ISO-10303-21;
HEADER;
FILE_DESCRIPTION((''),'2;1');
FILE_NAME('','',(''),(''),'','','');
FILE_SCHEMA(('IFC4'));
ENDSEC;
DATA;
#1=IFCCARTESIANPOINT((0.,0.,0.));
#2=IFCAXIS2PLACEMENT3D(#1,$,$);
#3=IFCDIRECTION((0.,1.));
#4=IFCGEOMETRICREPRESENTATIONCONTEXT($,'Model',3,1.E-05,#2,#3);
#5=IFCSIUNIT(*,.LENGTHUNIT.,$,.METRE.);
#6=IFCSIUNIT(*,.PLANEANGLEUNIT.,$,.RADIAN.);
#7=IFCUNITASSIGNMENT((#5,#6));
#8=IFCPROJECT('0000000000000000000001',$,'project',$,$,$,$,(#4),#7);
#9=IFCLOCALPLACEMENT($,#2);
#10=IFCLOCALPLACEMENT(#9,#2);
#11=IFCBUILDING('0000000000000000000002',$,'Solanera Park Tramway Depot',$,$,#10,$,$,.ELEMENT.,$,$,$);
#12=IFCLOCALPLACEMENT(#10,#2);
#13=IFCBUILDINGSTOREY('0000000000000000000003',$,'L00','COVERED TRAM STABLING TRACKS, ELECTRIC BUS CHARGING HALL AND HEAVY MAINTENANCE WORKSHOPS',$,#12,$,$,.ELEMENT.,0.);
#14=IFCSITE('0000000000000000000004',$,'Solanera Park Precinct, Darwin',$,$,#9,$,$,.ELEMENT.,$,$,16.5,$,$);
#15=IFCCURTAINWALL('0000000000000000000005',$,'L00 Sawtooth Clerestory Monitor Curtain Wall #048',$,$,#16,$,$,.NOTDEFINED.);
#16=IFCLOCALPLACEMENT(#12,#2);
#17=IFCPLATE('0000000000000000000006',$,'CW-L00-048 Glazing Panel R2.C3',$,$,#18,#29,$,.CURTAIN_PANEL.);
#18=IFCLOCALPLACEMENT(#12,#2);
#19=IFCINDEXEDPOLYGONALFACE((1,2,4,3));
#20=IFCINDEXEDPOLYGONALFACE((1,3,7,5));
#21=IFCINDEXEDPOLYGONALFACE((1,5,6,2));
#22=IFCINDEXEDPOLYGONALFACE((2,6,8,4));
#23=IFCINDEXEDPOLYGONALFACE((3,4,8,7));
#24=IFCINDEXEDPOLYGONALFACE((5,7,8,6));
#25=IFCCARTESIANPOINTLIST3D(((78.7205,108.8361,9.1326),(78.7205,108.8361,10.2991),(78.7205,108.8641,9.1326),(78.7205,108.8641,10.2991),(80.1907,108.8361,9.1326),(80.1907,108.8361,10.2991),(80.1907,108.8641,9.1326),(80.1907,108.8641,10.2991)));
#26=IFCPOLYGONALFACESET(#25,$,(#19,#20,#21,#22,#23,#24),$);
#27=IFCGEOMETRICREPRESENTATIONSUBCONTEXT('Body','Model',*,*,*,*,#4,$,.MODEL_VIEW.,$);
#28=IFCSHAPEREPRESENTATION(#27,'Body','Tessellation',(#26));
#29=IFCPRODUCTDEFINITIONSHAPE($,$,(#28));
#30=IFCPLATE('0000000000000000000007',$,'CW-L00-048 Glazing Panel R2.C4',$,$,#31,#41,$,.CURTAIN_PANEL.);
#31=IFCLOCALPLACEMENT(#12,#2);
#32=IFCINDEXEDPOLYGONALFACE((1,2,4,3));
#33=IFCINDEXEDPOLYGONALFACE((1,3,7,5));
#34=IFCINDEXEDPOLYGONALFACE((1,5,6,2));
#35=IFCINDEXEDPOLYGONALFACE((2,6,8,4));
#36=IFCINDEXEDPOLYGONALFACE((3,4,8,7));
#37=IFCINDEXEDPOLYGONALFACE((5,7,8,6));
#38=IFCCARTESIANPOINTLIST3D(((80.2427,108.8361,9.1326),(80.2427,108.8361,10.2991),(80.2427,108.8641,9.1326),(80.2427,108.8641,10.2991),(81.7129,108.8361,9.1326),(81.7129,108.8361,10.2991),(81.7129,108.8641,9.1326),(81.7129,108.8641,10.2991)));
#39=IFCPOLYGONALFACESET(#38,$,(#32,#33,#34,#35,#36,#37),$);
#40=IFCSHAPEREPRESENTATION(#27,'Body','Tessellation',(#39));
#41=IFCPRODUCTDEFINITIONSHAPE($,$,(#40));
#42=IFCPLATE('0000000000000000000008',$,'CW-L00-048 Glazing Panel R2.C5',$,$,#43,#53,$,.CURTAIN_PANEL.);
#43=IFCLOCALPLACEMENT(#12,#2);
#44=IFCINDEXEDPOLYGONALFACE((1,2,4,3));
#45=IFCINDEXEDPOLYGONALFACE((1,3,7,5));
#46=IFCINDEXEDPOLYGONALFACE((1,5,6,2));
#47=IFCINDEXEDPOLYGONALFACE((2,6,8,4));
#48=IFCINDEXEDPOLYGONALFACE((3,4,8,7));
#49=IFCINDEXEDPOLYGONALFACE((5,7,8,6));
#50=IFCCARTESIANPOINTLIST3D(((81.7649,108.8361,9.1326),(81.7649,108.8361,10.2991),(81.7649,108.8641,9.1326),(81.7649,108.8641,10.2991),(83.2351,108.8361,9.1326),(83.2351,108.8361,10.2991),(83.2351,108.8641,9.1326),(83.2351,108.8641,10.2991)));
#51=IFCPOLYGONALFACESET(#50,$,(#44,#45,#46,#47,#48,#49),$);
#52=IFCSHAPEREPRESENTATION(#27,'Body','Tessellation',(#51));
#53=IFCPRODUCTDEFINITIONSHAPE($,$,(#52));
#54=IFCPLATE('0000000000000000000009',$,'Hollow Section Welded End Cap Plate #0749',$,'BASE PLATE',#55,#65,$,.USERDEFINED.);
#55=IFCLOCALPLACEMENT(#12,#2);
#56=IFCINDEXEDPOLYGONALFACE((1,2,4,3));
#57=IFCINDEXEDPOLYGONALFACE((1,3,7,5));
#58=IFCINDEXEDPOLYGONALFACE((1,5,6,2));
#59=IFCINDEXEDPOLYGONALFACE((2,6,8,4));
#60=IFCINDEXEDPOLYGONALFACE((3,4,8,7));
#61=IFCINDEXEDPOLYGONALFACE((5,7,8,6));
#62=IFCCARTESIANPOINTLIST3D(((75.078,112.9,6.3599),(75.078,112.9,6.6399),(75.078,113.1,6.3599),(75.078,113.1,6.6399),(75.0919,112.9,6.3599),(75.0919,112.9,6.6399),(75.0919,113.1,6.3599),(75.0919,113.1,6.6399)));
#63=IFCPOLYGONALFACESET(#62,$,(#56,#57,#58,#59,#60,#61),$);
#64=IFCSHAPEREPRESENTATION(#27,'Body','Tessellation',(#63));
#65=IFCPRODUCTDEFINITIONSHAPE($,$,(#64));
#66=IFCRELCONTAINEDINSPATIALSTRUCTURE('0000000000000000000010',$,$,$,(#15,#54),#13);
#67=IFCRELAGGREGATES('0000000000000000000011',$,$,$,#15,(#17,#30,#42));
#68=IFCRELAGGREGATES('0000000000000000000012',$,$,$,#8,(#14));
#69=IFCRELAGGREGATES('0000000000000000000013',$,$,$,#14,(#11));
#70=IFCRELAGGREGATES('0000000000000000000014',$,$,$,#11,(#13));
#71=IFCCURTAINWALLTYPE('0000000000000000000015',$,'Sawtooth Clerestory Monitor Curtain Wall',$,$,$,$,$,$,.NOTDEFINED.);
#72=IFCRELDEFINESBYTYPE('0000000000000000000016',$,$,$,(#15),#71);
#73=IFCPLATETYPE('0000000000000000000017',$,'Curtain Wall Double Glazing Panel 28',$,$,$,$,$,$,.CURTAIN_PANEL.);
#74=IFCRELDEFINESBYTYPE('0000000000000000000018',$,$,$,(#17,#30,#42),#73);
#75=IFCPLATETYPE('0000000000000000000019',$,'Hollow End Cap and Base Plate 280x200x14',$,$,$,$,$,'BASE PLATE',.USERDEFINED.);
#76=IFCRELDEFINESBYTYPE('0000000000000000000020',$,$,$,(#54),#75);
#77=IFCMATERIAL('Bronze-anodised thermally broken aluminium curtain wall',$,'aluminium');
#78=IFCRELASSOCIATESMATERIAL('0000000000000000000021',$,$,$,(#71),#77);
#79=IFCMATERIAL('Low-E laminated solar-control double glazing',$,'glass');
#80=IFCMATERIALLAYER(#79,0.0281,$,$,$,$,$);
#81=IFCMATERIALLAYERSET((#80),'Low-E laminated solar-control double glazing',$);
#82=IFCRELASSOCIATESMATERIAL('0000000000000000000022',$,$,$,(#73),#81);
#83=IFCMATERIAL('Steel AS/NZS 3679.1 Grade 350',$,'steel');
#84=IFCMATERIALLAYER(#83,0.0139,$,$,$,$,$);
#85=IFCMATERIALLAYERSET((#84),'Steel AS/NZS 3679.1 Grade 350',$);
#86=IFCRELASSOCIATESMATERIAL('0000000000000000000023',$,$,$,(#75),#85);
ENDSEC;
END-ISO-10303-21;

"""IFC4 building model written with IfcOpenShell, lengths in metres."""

from ifc_helpers import new_model, si_unit, direction, frame, origin, origin_2d, place, context, subcontext, project, spatial, rectangle, extrude, material, layer, layer_set, type_object, element, aggregate, save


model = new_model("IFC4")

# Units and contexts
model_context = context("Model", 3, precision=1e-05, world=origin(), true_north=direction((0.0, 1.0)))
body_context = subcontext(model_context, "Body", "Model", "MODEL_VIEW")
ifc_project = project(units=[si_unit("LENGTHUNIT", "METRE"), si_unit("PLANEANGLEUNIT", "RADIAN")], contexts=[model_context])

# Site, building, storey
site_placement = place(None, origin())
site = spatial("IfcSite", under=ifc_project, at=site_placement, Name="Solanera Park Precinct, Darwin", CompositionType="ELEMENT", RefElevation=16.5)
building_placement = place(site_placement, origin())
building = spatial("IfcBuilding", under=site, at=building_placement, Name="Solanera Park Tramway Depot", CompositionType="ELEMENT")
storey_placement = place(building_placement, origin())
storey = spatial("IfcBuildingStorey", under=building, at=storey_placement, Name="L00", Description="COVERED TRAM STABLING TRACKS, ELECTRIC BUS CHARGING HALL AND HEAVY MAINTENANCE WORKSHOPS", CompositionType="ELEMENT", Elevation=0.0)

# Curtain wall
ifc_material_1 = material(Name="Bronze-anodised thermally broken aluminium curtain wall", Category="aluminium")
curtain_wall_type = type_object("IfcCurtainWallType", Name="Sawtooth Clerestory Monitor Curtain Wall", PredefinedType="NOTDEFINED", material=ifc_material_1)
curtain_wall_placement = place(storey_placement, origin())
curtain_wall = element("IfcCurtainWall", 1, at=curtain_wall_placement, inside=storey, type_object=curtain_wall_type, Name="L00 Sawtooth Clerestory Monitor Curtain Wall #048", PredefinedType="NOTDEFINED")

# Plates
ifc_material_2 = material(Name="Low-E laminated solar-control double glazing", Category="glass")
ifc_layer_1 = layer(ifc_material_2, 0.0281)
ifc_layer_set_1 = layer_set([ifc_layer_1], Name="Low-E laminated solar-control double glazing")
plate_type_1 = type_object("IfcPlateType", Name="Curtain Wall Double Glazing Panel 28", PredefinedType="CURTAIN_PANEL", material=ifc_layer_set_1)
plate_1_placement = place(storey_placement, frame((79.4556, 108.8501, 9.1326), z_axis=(0.0, 0.0, 1.0), x_axis=(1.0, 0.0, 0.0)))
plate_1 = element("IfcPlate", 2, at=plate_1_placement, type_object=plate_type_1, Name="CW-L00-048 Glazing Panel R2.C3", PredefinedType="CURTAIN_PANEL", context=body_context, shape_type="SweptSolid", body=[
    extrude(rectangle(XDim=1.4702, YDim=0.0281, at=origin_2d()), origin(), (0.0, 0.0, 1.0), 1.1665),
])
plate_2_placement = place(storey_placement, frame((80.9778, 108.8501, 9.1326), z_axis=(0.0, 0.0, 1.0), x_axis=(1.0, 0.0, 0.0)))
plate_2 = element("IfcPlate", 3, at=plate_2_placement, type_object=plate_type_1, Name="CW-L00-048 Glazing Panel R2.C4", PredefinedType="CURTAIN_PANEL", context=body_context, shape_type="SweptSolid", body=[
    extrude(rectangle(XDim=1.4702, YDim=0.0281, at=origin_2d()), origin(), (0.0, 0.0, 1.0), 1.1665),
])
plate_3_placement = place(storey_placement, frame((82.5, 108.8501, 9.1326), z_axis=(0.0, 0.0, 1.0), x_axis=(1.0, 0.0, 0.0)))
plate_3 = element("IfcPlate", 4, at=plate_3_placement, type_object=plate_type_1, Name="CW-L00-048 Glazing Panel R2.C5", PredefinedType="CURTAIN_PANEL", context=body_context, shape_type="SweptSolid", body=[
    extrude(rectangle(XDim=1.4702, YDim=0.0281, at=origin_2d()), origin(), (0.0, 0.0, 1.0), 1.1665),
])
aggregate(curtain_wall, [plate_1, plate_2, plate_3])
ifc_material_3 = material(Name="Steel AS/NZS 3679.1 Grade 350", Category="steel")
ifc_layer_2 = layer(ifc_material_3, 0.0139)
ifc_layer_set_2 = layer_set([ifc_layer_2], Name="Steel AS/NZS 3679.1 Grade 350")
plate_type_2 = type_object("IfcPlateType", Name="Hollow End Cap and Base Plate 280x200x14", ElementType="BASE PLATE", PredefinedType="USERDEFINED", material=ifc_layer_set_2)
plate_4_placement = place(storey_placement, frame((75.085, 113.0, 6.3599), z_axis=(0.0, 0.0, 1.0), x_axis=(1.0, 0.0, 0.0)))
element("IfcPlate", 5, at=plate_4_placement, inside=storey, type_object=plate_type_2, Name="Hollow Section Welded End Cap Plate #0749", ObjectType="BASE PLATE", PredefinedType="USERDEFINED", context=body_context, shape_type="SweptSolid", body=[
    extrude(rectangle(XDim=0.0139, YDim=0.2, at=origin_2d()), origin(), (0.0, 0.0, 1.0), 0.28),
])

save(model, "model.ifc")
